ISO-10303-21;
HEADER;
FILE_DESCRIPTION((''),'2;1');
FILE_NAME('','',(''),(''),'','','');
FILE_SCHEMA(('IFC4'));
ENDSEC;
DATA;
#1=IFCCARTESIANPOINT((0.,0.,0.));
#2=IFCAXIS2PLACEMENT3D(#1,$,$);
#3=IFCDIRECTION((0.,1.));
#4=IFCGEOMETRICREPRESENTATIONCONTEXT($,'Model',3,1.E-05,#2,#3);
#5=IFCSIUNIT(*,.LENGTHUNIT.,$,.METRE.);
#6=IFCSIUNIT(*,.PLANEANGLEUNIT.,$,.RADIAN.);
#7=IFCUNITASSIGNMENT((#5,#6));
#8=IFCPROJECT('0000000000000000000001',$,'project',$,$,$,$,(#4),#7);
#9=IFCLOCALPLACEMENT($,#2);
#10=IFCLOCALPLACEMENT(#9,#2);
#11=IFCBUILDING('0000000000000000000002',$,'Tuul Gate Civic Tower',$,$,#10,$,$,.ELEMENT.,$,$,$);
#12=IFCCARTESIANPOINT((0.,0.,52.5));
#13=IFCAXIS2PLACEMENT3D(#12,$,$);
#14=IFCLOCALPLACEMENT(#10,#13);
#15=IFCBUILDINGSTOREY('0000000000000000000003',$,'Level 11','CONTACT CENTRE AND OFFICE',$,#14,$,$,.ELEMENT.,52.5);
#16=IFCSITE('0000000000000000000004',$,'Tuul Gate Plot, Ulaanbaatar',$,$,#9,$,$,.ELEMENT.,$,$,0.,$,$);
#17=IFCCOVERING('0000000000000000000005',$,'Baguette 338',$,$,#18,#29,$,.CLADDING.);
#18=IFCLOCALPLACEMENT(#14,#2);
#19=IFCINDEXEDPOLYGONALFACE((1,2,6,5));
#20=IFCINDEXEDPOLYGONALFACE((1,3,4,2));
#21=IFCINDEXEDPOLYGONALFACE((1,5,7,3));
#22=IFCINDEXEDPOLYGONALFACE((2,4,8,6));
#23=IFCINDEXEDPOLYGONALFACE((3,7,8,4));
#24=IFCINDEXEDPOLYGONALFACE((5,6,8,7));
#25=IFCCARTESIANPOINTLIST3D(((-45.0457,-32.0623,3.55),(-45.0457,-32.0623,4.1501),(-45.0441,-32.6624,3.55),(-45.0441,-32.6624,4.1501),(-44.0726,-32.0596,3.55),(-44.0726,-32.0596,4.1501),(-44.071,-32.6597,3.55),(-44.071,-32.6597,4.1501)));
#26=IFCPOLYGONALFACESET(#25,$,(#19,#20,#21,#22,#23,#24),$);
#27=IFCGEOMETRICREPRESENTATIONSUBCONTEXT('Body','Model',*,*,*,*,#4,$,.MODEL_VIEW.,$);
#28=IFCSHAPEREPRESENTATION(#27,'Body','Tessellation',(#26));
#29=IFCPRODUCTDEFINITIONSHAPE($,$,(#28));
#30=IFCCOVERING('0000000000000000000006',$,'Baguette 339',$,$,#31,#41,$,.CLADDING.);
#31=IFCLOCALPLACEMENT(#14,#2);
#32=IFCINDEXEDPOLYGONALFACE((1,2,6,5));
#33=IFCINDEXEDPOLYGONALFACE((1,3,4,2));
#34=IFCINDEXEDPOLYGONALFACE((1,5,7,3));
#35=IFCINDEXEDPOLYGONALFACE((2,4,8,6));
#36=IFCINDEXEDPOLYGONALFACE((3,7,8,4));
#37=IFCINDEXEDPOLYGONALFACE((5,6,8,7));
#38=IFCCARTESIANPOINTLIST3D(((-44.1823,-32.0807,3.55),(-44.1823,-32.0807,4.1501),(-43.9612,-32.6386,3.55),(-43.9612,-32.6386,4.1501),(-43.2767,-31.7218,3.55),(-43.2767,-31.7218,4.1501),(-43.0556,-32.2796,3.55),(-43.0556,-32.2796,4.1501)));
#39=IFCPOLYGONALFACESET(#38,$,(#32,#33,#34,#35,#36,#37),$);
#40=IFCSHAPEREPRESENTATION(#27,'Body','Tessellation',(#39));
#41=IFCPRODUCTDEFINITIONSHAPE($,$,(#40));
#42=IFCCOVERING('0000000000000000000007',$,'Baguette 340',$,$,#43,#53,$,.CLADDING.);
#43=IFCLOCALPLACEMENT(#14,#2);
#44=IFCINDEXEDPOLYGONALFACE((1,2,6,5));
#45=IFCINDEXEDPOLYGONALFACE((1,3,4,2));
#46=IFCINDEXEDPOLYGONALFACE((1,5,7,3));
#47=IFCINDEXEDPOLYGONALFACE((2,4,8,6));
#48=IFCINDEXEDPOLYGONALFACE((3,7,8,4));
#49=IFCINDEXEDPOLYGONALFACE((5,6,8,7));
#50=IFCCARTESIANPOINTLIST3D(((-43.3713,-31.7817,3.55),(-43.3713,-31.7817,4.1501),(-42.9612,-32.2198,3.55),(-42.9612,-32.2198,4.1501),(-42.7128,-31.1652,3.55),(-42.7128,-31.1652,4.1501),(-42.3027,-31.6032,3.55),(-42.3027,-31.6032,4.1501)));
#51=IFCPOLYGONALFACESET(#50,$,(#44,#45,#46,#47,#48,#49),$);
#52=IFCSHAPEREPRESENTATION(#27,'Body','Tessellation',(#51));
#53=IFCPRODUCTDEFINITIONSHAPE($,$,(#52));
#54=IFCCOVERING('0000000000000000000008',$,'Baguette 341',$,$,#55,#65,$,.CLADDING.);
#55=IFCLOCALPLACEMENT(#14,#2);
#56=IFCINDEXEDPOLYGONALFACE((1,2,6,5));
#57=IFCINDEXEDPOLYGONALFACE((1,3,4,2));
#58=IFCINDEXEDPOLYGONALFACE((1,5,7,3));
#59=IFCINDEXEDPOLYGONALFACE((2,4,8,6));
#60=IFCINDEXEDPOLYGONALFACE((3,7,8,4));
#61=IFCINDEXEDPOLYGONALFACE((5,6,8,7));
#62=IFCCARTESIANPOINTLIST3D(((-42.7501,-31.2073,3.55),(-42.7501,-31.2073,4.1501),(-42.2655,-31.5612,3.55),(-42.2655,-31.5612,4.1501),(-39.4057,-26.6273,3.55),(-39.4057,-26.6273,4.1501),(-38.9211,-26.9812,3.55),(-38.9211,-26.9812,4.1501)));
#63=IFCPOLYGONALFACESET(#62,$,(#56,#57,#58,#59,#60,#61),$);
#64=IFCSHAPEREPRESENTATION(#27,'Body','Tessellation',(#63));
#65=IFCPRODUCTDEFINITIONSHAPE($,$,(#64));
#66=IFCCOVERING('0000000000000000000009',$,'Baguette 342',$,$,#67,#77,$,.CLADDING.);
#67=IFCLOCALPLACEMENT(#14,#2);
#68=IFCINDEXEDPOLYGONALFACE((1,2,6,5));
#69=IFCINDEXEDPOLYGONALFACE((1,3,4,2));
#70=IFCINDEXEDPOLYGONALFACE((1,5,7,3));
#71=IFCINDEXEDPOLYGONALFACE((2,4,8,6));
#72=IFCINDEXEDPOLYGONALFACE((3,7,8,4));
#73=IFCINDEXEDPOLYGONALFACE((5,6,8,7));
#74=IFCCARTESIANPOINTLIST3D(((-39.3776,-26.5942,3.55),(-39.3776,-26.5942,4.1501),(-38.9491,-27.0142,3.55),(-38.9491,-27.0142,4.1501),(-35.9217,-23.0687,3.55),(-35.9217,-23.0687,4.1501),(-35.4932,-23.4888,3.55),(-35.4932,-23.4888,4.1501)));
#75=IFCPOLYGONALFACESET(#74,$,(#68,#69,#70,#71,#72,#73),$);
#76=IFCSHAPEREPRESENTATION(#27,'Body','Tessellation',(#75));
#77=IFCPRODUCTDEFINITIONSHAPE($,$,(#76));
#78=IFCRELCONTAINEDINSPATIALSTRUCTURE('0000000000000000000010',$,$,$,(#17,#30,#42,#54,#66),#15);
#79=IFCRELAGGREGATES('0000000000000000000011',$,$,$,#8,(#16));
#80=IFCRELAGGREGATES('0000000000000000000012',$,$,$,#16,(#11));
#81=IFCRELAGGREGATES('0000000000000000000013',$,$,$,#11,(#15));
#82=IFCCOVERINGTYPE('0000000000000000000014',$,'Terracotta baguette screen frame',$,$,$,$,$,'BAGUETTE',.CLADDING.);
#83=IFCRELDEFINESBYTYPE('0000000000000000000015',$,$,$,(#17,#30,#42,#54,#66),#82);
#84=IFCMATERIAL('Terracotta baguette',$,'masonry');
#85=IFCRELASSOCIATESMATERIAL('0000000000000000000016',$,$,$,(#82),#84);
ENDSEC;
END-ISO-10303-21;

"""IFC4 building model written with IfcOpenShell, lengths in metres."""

from ifc_helpers import new_model, si_unit, direction, frame, origin, origin_2d, place, context, subcontext, project, spatial, rectangle, extrude, material, material_profile, profile_set, type_object, element, save


model = new_model("IFC4")

# Units and contexts
model_context = context("Model", 3, precision=1e-05, world=origin(), true_north=direction((0.0, 1.0)))
body_context = subcontext(model_context, "Body", "Model", "MODEL_VIEW")
ifc_project = project(units=[si_unit("LENGTHUNIT", "METRE"), si_unit("PLANEANGLEUNIT", "RADIAN")], contexts=[model_context])

# Site, building, storey
site_placement = place(None, origin())
site = spatial("IfcSite", under=ifc_project, at=site_placement, Name="Tuul Gate Plot, Ulaanbaatar", CompositionType="ELEMENT", RefElevation=0.0)
building_placement = place(site_placement, origin())
building = spatial("IfcBuilding", under=site, at=building_placement, Name="Tuul Gate Civic Tower", CompositionType="ELEMENT")
storey_placement = place(building_placement, frame((0.0, 0.0, 52.5)))
storey = spatial("IfcBuildingStorey", under=building, at=storey_placement, Name="Level 11", Description="CONTACT CENTRE AND OFFICE", CompositionType="ELEMENT", Elevation=52.5)

# Coverings
ifc_material_1 = material(Name="Terracotta baguette", Category="masonry")
ifc_material_profile_1 = material_profile(ifc_material_1, rectangle(XDim=0.6001, YDim=0.6001, at=origin_2d()), Name="Terracotta baguette screen frame")
ifc_profile_set_1 = profile_set([ifc_material_profile_1], Name="Terracotta baguette")
covering_type = type_object("IfcCoveringType", Name="Terracotta baguette screen frame", ElementType="BAGUETTE", PredefinedType="CLADDING", material=ifc_profile_set_1)
covering_1_placement = place(storey_placement, frame((-45.0449, -32.3623, 3.8501), z_axis=(0.999996, 0.00276, 0.0), x_axis=(-0.00276, 0.999996, 0.0)))
element("IfcCovering", 1, at=covering_1_placement, inside=storey, type_object=covering_type, Name="Baguette 338", PredefinedType="CLADDING", context=body_context, shape_type="SweptSolid", body=[
    extrude(rectangle(XDim=0.6001, YDim=0.6001, at=origin_2d()), origin(), (0.0, 0.0, 1.0), 0.9731),
])
covering_2_placement = place(storey_placement, frame((-44.0718, -32.3596, 3.8501), z_axis=(0.929647, 0.36845, 0.0), x_axis=(-0.36845, 0.929647, 0.0)))
element("IfcCovering", 2, at=covering_2_placement, inside=storey, type_object=covering_type, Name="Baguette 339", PredefinedType="CLADDING", context=body_context, shape_type="SweptSolid", body=[
    extrude(rectangle(XDim=0.6001, YDim=0.6001, at=origin_2d()), origin(), (0.0, 0.0, 1.0), 0.9741),
])
covering_3_placement = place(storey_placement, frame((-43.1663, -32.0007, 3.8501), z_axis=(0.730001, 0.683446, 0.0), x_axis=(-0.683446, 0.730001, 0.0)))
element("IfcCovering", 3, at=covering_3_placement, inside=storey, type_object=covering_type, Name="Baguette 340", PredefinedType="CLADDING", context=body_context, shape_type="SweptSolid", body=[
    extrude(rectangle(XDim=0.6001, YDim=0.6001, at=origin_2d()), origin(), (0.0, 0.0, 1.0), 0.9021),
])
covering_4_placement = place(storey_placement, frame((-42.5078, -31.3843, 3.8501), z_axis=(0.589729, 0.807601, 0.0), x_axis=(-0.807601, 0.589729, 0.0)))
element("IfcCovering", 4, at=covering_4_placement, inside=storey, type_object=covering_type, Name="Baguette 341", PredefinedType="CLADDING", context=body_context, shape_type="SweptSolid", body=[
    extrude(rectangle(XDim=0.6001, YDim=0.6001, at=origin_2d()), origin(), (0.0, 0.0, 1.0), 5.6711),
])
covering_5_placement = place(storey_placement, frame((-39.1633, -26.8042, 3.8501), z_axis=(0.700024, 0.714119, 0.0), x_axis=(-0.714119, 0.700024, 0.0)))
element("IfcCovering", 5, at=covering_5_placement, inside=storey, type_object=covering_type, Name="Baguette 342", PredefinedType="CLADDING", context=body_context, shape_type="SweptSolid", body=[
    extrude(rectangle(XDim=0.6001, YDim=0.6001, at=origin_2d()), origin(), (0.0, 0.0, 1.0), 4.9368),
])

save(model, "model.ifc")
